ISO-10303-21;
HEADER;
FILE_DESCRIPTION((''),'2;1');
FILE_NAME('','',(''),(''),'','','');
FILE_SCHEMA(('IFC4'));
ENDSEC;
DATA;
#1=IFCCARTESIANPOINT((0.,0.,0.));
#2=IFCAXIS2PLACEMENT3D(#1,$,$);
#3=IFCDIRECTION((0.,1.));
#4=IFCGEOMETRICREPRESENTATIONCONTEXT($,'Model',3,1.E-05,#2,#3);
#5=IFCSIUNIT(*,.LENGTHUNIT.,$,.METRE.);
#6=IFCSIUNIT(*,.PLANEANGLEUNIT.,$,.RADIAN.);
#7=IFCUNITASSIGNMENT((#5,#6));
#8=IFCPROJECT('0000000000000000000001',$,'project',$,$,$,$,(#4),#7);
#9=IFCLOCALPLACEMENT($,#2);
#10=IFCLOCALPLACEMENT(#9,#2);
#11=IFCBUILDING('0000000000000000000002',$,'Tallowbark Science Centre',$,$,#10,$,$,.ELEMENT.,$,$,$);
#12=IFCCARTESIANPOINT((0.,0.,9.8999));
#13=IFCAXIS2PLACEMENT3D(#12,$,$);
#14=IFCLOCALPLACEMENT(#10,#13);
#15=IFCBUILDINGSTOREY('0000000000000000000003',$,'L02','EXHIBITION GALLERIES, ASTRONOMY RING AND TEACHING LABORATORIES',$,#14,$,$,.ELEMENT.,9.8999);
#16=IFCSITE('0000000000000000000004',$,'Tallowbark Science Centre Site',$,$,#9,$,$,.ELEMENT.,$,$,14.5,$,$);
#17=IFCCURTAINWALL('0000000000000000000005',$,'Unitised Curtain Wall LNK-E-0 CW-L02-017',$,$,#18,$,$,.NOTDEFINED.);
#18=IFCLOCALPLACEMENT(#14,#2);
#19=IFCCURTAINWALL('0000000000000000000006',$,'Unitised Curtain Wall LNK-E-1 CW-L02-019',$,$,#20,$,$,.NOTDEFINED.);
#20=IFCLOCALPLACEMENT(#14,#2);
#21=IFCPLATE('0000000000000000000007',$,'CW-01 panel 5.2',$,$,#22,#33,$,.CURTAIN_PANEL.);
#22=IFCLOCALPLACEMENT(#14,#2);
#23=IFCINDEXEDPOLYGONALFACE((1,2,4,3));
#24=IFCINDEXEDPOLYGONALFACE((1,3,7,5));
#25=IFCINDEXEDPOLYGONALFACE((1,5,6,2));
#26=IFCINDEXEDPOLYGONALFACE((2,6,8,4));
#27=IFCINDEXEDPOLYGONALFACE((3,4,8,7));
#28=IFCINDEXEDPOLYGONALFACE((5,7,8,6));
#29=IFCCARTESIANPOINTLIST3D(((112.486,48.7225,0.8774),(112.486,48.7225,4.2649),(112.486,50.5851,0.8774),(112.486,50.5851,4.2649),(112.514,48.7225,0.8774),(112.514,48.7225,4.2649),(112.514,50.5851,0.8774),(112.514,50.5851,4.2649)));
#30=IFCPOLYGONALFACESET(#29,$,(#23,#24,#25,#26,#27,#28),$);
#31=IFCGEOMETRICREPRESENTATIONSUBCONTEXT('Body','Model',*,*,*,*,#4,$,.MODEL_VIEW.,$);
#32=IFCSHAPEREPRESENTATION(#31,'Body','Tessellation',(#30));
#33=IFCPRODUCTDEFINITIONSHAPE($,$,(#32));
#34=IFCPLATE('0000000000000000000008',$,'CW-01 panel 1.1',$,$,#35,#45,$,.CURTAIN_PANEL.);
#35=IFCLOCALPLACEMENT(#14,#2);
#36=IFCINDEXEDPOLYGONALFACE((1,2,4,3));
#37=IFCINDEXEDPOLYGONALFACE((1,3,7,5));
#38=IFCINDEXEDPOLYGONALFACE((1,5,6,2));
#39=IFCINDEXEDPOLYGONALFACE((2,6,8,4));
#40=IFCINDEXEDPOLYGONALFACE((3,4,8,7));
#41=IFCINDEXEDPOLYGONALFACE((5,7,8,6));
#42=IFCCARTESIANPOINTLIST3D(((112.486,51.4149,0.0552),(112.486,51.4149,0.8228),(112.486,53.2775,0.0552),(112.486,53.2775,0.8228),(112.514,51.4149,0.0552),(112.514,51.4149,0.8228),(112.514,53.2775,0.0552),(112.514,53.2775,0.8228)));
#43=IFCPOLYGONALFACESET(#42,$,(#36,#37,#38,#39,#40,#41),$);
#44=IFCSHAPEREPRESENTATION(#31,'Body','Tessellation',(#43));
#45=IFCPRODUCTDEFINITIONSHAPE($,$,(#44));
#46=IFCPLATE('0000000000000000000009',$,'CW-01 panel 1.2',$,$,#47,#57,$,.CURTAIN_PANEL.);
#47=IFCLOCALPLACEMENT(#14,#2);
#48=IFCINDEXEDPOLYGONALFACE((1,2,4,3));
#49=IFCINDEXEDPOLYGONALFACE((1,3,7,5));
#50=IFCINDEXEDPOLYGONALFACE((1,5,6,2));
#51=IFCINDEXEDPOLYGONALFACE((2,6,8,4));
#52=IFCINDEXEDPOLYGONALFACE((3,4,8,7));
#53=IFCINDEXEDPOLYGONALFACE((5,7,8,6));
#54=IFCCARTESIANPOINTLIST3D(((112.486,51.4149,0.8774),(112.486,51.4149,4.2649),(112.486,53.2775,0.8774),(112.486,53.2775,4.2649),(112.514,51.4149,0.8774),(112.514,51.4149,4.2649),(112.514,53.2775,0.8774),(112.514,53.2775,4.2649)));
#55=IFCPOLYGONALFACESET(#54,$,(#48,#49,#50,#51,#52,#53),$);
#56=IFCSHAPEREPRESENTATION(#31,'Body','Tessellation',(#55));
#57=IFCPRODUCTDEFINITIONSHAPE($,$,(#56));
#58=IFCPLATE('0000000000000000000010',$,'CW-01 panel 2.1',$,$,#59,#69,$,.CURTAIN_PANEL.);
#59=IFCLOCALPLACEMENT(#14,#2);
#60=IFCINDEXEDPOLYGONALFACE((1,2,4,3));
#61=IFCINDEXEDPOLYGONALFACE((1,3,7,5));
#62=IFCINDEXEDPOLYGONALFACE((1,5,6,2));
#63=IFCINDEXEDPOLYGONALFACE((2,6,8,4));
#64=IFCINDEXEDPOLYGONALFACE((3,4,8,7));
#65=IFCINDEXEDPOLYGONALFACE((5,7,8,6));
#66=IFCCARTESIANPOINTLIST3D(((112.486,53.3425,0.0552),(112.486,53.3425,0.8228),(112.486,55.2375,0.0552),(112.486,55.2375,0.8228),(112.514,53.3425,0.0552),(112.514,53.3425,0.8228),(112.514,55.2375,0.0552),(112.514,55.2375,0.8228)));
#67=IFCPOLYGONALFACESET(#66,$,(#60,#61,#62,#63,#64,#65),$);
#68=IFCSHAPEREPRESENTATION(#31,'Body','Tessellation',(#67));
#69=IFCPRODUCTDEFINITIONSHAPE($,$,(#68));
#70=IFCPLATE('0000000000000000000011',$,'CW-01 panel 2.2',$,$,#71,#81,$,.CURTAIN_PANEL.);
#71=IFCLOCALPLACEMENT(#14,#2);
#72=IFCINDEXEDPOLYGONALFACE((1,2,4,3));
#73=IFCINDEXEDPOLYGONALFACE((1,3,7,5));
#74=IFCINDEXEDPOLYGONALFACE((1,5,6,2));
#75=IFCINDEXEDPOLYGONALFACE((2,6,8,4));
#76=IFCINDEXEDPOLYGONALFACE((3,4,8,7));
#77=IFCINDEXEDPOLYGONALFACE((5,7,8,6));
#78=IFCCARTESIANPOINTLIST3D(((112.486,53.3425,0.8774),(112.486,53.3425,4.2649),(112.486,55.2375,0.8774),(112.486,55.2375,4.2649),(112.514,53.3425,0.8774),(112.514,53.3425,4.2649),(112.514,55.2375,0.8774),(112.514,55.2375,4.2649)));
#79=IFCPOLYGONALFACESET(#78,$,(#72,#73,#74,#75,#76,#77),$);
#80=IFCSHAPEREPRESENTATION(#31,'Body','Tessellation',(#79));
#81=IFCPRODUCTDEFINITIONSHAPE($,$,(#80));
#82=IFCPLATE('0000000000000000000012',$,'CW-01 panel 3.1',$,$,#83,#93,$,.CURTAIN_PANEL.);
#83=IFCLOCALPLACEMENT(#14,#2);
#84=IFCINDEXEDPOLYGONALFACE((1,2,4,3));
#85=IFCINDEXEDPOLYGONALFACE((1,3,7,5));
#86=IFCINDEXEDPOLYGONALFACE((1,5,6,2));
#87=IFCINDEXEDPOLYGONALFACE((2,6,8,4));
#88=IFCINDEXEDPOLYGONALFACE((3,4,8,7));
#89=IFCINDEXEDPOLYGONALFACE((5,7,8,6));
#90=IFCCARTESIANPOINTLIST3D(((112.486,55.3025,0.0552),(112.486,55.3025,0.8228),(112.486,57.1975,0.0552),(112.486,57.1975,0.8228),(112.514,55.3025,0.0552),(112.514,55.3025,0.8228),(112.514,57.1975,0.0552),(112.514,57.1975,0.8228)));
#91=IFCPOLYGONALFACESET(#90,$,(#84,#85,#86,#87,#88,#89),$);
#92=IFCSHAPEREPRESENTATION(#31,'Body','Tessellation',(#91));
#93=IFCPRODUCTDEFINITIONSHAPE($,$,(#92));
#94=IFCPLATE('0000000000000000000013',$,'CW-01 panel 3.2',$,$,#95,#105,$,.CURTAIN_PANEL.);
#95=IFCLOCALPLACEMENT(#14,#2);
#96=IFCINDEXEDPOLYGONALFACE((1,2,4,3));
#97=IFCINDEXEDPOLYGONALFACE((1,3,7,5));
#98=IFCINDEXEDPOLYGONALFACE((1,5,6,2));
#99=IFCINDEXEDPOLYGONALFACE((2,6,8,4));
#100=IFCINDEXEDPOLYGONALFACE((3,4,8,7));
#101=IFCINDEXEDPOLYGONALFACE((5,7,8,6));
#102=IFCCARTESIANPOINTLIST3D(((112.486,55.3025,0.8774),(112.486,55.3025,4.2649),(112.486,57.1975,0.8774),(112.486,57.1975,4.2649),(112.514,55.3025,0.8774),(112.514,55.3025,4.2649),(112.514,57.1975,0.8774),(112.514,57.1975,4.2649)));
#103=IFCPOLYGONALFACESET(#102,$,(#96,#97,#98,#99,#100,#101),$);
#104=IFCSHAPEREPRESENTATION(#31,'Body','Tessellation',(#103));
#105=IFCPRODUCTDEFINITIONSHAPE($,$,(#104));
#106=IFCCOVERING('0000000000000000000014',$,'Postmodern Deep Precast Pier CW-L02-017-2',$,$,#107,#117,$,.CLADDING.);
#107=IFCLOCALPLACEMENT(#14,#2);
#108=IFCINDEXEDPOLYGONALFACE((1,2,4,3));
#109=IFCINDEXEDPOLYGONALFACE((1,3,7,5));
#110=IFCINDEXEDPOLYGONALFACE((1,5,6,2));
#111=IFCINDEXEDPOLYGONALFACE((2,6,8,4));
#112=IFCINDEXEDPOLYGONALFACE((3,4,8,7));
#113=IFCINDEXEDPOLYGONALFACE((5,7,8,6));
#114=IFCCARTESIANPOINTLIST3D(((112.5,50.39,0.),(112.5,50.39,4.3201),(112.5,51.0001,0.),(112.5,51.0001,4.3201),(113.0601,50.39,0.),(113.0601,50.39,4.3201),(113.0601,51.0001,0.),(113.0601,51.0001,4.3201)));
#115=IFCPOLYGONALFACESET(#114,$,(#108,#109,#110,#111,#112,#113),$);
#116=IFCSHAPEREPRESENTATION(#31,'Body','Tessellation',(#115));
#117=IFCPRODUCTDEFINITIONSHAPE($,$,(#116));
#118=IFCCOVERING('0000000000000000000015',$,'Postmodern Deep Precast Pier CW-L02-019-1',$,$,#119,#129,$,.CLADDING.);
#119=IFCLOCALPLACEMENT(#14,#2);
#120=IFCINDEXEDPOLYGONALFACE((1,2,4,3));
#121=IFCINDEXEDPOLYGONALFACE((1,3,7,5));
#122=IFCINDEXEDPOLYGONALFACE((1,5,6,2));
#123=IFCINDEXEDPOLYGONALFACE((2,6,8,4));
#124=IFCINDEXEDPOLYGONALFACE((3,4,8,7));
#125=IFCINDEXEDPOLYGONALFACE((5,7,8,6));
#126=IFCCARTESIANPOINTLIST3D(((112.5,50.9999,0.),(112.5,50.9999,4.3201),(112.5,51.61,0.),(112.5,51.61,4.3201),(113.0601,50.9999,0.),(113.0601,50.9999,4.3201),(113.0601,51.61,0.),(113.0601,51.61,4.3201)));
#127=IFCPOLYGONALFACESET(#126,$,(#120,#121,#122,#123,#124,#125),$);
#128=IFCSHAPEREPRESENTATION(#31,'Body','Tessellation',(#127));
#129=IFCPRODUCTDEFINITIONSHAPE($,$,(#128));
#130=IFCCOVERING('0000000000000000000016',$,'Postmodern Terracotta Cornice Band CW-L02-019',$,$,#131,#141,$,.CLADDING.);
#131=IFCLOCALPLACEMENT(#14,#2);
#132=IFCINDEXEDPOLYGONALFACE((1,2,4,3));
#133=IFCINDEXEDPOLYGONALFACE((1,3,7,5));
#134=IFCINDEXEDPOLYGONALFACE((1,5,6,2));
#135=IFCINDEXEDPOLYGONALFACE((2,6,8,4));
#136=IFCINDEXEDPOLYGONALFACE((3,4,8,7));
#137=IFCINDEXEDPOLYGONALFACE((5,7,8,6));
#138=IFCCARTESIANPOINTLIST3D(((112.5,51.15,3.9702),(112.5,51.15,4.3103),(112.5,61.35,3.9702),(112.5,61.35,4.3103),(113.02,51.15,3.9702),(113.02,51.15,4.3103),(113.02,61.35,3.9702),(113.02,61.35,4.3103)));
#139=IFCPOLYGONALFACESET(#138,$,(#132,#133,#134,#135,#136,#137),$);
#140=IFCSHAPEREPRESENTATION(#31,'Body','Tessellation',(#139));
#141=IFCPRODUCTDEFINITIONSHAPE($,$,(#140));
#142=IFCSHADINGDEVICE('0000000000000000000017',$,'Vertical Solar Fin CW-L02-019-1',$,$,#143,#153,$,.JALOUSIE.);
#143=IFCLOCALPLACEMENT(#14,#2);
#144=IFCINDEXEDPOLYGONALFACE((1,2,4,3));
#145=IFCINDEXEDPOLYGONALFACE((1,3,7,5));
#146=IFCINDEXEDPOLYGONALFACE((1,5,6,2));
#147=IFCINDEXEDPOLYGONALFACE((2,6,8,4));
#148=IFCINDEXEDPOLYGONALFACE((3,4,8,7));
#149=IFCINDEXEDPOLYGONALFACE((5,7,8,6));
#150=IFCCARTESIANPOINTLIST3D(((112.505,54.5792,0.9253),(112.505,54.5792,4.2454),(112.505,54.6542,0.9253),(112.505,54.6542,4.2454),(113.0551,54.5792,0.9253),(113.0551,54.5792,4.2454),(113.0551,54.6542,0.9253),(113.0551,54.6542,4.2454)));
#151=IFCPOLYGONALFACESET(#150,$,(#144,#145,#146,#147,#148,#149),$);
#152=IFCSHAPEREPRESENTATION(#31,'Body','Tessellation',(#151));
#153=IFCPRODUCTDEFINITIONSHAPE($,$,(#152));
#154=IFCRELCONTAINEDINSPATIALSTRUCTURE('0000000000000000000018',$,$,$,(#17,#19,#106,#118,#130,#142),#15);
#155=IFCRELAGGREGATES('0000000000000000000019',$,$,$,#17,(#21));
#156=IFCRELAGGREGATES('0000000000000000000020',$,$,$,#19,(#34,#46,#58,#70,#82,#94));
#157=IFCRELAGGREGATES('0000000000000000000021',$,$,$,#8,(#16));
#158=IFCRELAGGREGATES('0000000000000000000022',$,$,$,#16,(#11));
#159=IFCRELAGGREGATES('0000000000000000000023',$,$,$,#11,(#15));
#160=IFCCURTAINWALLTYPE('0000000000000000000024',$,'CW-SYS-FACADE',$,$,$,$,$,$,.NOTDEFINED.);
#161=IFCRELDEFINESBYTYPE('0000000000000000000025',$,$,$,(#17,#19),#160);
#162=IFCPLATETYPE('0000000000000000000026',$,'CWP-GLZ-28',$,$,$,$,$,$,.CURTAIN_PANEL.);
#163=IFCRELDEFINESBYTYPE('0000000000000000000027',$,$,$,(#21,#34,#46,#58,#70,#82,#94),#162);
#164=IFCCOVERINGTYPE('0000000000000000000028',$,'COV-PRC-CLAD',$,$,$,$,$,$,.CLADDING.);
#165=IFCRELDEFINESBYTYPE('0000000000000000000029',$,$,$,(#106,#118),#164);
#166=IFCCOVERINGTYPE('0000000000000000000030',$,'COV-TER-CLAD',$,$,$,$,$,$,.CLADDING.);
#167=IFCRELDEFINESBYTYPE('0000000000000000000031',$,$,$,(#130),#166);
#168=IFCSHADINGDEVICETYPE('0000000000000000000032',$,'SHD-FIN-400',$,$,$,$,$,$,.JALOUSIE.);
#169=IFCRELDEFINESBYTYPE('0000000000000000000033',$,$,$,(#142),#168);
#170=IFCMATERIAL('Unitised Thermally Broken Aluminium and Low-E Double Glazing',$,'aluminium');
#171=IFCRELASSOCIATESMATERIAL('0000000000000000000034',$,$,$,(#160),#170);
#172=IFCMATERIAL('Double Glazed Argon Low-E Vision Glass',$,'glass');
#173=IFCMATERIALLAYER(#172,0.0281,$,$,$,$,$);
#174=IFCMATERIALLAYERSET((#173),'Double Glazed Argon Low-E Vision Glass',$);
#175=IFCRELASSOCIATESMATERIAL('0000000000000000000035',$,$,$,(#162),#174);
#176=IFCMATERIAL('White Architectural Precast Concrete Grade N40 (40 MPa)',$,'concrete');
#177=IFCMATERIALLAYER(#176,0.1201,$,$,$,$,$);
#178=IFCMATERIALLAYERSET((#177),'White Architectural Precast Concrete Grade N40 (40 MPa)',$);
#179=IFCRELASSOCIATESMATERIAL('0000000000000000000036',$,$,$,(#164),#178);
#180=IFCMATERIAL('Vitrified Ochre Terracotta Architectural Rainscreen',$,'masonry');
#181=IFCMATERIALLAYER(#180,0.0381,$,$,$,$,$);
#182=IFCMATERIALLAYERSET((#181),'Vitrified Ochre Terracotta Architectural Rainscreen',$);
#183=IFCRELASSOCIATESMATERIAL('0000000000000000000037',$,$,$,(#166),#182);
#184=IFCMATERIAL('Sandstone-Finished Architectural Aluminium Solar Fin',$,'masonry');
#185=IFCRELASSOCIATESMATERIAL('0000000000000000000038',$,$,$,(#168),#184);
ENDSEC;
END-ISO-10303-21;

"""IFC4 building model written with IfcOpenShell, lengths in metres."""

from ifc_helpers import new_model, si_unit, direction, frame, origin, origin_2d, place, context, subcontext, project, spatial, rectangle, extrude, material, layer, layer_set, type_object, element, aggregate, save


model = new_model("IFC4")

# Units and contexts
model_context = context("Model", 3, precision=1e-05, world=origin(), true_north=direction((0.0, 1.0)))
body_context = subcontext(model_context, "Body", "Model", "MODEL_VIEW")
ifc_project = project(units=[si_unit("LENGTHUNIT", "METRE"), si_unit("PLANEANGLEUNIT", "RADIAN")], contexts=[model_context])

# Site, building, storey
site_placement = place(None, origin())
site = spatial("IfcSite", under=ifc_project, at=site_placement, Name="Tallowbark Science Centre Site", CompositionType="ELEMENT", RefElevation=14.5)
building_placement = place(site_placement, origin())
building = spatial("IfcBuilding", under=site, at=building_placement, Name="Tallowbark Science Centre", CompositionType="ELEMENT")
storey_placement = place(building_placement, frame((0.0, 0.0, 9.8999)))
storey = spatial("IfcBuildingStorey", under=building, at=storey_placement, Name="L02", Description="EXHIBITION GALLERIES, ASTRONOMY RING AND TEACHING LABORATORIES", CompositionType="ELEMENT", Elevation=9.8999)

# Curtain wall
ifc_material_1 = material(Name="Unitised Thermally Broken Aluminium and Low-E Double Glazing", Category="aluminium")
curtain_wall_type = type_object("IfcCurtainWallType", Name="CW-SYS-FACADE", PredefinedType="NOTDEFINED", material=ifc_material_1)
curtain_wall_1_placement = place(storey_placement, origin())
curtain_wall_1 = element("IfcCurtainWall", 1, at=curtain_wall_1_placement, inside=storey, type_object=curtain_wall_type, Name="Unitised Curtain Wall LNK-E-0 CW-L02-017", PredefinedType="NOTDEFINED")

# Curtain wall
curtain_wall_2_placement = place(storey_placement, origin())
curtain_wall_2 = element("IfcCurtainWall", 2, at=curtain_wall_2_placement, inside=storey, type_object=curtain_wall_type, Name="Unitised Curtain Wall LNK-E-1 CW-L02-019", PredefinedType="NOTDEFINED")

# Plates
ifc_material_2 = material(Name="Double Glazed Argon Low-E Vision Glass", Category="glass")
ifc_layer_1 = layer(ifc_material_2, 0.0281)
ifc_layer_set_1 = layer_set([ifc_layer_1], Name="Double Glazed Argon Low-E Vision Glass")
plate_type = type_object("IfcPlateType", Name="CWP-GLZ-28", PredefinedType="CURTAIN_PANEL", material=ifc_layer_set_1)
plate_1_placement = place(storey_placement, frame((112.5, 49.6538, 0.8774), z_axis=(0.0, 0.0, 1.0), x_axis=(0.0, 1.0, 0.0)))
plate_1 = element("IfcPlate", 3, at=plate_1_placement, type_object=plate_type, Name="CW-01 panel 5.2", PredefinedType="CURTAIN_PANEL", context=body_context, shape_type="SweptSolid", body=[
    extrude(rectangle(XDim=1.8625, YDim=0.0281, at=origin_2d()), origin(), (0.0, 0.0, 1.0), 3.3875),
])
aggregate(curtain_wall_1, [plate_1])
plate_2_placement = place(storey_placement, frame((112.5, 52.3462, 0.0552), z_axis=(0.0, 0.0, 1.0), x_axis=(0.0, 1.0, 0.0)))
plate_2 = element("IfcPlate", 4, at=plate_2_placement, type_object=plate_type, Name="CW-01 panel 1.1", PredefinedType="CURTAIN_PANEL", context=body_context, shape_type="SweptSolid", body=[
    extrude(rectangle(XDim=1.8625, YDim=0.0281, at=origin_2d()), origin(), (0.0, 0.0, 1.0), 0.7676),
])
plate_3_placement = place(storey_placement, frame((112.5, 52.3462, 0.8774), z_axis=(0.0, 0.0, 1.0), x_axis=(0.0, 1.0, 0.0)))
plate_3 = element("IfcPlate", 5, at=plate_3_placement, type_object=plate_type, Name="CW-01 panel 1.2", PredefinedType="CURTAIN_PANEL", context=body_context, shape_type="SweptSolid", body=[
    extrude(rectangle(XDim=1.8625, YDim=0.0281, at=origin_2d()), origin(), (0.0, 0.0, 1.0), 3.3875),
])
plate_4_placement = place(storey_placement, frame((112.5, 54.29, 0.0552), z_axis=(0.0, 0.0, 1.0), x_axis=(0.0, 1.0, 0.0)))
plate_4 = element("IfcPlate", 6, at=plate_4_placement, type_object=plate_type, Name="CW-01 panel 2.1", PredefinedType="CURTAIN_PANEL", context=body_context, shape_type="SweptSolid", body=[
    extrude(rectangle(XDim=1.895, YDim=0.0281, at=origin_2d()), origin(), (0.0, 0.0, 1.0), 0.7676),
])
plate_5_placement = place(storey_placement, frame((112.5, 54.29, 0.8774), z_axis=(0.0, 0.0, 1.0), x_axis=(0.0, 1.0, 0.0)))
plate_5 = element("IfcPlate", 7, at=plate_5_placement, type_object=plate_type, Name="CW-01 panel 2.2", PredefinedType="CURTAIN_PANEL", context=body_context, shape_type="SweptSolid", body=[
    extrude(rectangle(XDim=1.895, YDim=0.0281, at=origin_2d()), origin(), (0.0, 0.0, 1.0), 3.3875),
])
plate_6_placement = place(storey_placement, frame((112.5, 56.25, 0.0552), z_axis=(0.0, 0.0, 1.0), x_axis=(0.0, 1.0, 0.0)))
plate_6 = element("IfcPlate", 8, at=plate_6_placement, type_object=plate_type, Name="CW-01 panel 3.1", PredefinedType="CURTAIN_PANEL", context=body_context, shape_type="SweptSolid", body=[
    extrude(rectangle(XDim=1.895, YDim=0.0281, at=origin_2d()), origin(), (0.0, 0.0, 1.0), 0.7676),
])
plate_7_placement = place(storey_placement, frame((112.5, 56.25, 0.8774), z_axis=(0.0, 0.0, 1.0), x_axis=(0.0, 1.0, 0.0)))
plate_7 = element("IfcPlate", 9, at=plate_7_placement, type_object=plate_type, Name="CW-01 panel 3.2", PredefinedType="CURTAIN_PANEL", context=body_context, shape_type="SweptSolid", body=[
    extrude(rectangle(XDim=1.895, YDim=0.0281, at=origin_2d()), origin(), (0.0, 0.0, 1.0), 3.3875),
])
aggregate(curtain_wall_2, [plate_2, plate_3, plate_4, plate_5, plate_6, plate_7])

# Coverings
ifc_material_3 = material(Name="White Architectural Precast Concrete Grade N40 (40 MPa)", Category="concrete")
ifc_layer_2 = layer(ifc_material_3, 0.1201)
ifc_layer_set_2 = layer_set([ifc_layer_2], Name="White Architectural Precast Concrete Grade N40 (40 MPa)")
covering_type_1 = type_object("IfcCoveringType", Name="COV-PRC-CLAD", PredefinedType="CLADDING", material=ifc_layer_set_2)
for number, where, z_axis, x_axis, name in (
    (10, (112.78, 50.6951, 0.0), (0.0, 0.0, 1.0), (0.0, 1.0, 0.0), "Postmodern Deep Precast Pier CW-L02-017-2"),
    (11, (112.78, 51.3049, 0.0), (0.0, 0.0, 1.0), (0.0, 1.0, 0.0), "Postmodern Deep Precast Pier CW-L02-019-1"),
):
    element("IfcCovering", number, at=place(storey_placement, frame(where, z_axis=z_axis, x_axis=x_axis)), inside=storey, type_object=covering_type_1, Name=name, PredefinedType="CLADDING", context=body_context, shape_type="SweptSolid", body=[
        extrude(rectangle(XDim=0.6101, YDim=0.5601, at=origin_2d()), origin(), (0.0, 0.0, 1.0), 4.3201),
    ])
ifc_material_4 = material(Name="Vitrified Ochre Terracotta Architectural Rainscreen", Category="masonry")
ifc_layer_3 = layer(ifc_material_4, 0.0381)
ifc_layer_set_3 = layer_set([ifc_layer_3], Name="Vitrified Ochre Terracotta Architectural Rainscreen")
covering_type_2 = type_object("IfcCoveringType", Name="COV-TER-CLAD", PredefinedType="CLADDING", material=ifc_layer_set_3)
covering_placement = place(storey_placement, frame((112.76, 56.25, 3.9702), z_axis=(0.0, 0.0, 1.0), x_axis=(0.0, 1.0, 0.0)))
element("IfcCovering", 12, at=covering_placement, inside=storey, type_object=covering_type_2, Name="Postmodern Terracotta Cornice Band CW-L02-019", PredefinedType="CLADDING", context=body_context, shape_type="SweptSolid", body=[
    extrude(rectangle(XDim=10.2, YDim=0.52, at=origin_2d()), origin(), (0.0, 0.0, 1.0), 0.3401),
])

# Shading device
ifc_material_5 = material(Name="Sandstone-Finished Architectural Aluminium Solar Fin", Category="masonry")
shading_device_type = type_object("IfcShadingDeviceType", Name="SHD-FIN-400", PredefinedType="JALOUSIE", material=ifc_material_5)
shading_device_placement = place(storey_placement, frame((112.78, 54.6167, 0.9253), z_axis=(0.0, 0.0, 1.0), x_axis=(0.0, 1.0, 0.0)))
element("IfcShadingDevice", 13, at=shading_device_placement, inside=storey, type_object=shading_device_type, Name="Vertical Solar Fin CW-L02-019-1", PredefinedType="JALOUSIE", context=body_context, shape_type="SweptSolid", body=[
    extrude(rectangle(XDim=0.075, YDim=0.55, at=origin_2d()), origin(), (0.0, 0.0, 1.0), 3.3201),
])

save(model, "model.ifc")
